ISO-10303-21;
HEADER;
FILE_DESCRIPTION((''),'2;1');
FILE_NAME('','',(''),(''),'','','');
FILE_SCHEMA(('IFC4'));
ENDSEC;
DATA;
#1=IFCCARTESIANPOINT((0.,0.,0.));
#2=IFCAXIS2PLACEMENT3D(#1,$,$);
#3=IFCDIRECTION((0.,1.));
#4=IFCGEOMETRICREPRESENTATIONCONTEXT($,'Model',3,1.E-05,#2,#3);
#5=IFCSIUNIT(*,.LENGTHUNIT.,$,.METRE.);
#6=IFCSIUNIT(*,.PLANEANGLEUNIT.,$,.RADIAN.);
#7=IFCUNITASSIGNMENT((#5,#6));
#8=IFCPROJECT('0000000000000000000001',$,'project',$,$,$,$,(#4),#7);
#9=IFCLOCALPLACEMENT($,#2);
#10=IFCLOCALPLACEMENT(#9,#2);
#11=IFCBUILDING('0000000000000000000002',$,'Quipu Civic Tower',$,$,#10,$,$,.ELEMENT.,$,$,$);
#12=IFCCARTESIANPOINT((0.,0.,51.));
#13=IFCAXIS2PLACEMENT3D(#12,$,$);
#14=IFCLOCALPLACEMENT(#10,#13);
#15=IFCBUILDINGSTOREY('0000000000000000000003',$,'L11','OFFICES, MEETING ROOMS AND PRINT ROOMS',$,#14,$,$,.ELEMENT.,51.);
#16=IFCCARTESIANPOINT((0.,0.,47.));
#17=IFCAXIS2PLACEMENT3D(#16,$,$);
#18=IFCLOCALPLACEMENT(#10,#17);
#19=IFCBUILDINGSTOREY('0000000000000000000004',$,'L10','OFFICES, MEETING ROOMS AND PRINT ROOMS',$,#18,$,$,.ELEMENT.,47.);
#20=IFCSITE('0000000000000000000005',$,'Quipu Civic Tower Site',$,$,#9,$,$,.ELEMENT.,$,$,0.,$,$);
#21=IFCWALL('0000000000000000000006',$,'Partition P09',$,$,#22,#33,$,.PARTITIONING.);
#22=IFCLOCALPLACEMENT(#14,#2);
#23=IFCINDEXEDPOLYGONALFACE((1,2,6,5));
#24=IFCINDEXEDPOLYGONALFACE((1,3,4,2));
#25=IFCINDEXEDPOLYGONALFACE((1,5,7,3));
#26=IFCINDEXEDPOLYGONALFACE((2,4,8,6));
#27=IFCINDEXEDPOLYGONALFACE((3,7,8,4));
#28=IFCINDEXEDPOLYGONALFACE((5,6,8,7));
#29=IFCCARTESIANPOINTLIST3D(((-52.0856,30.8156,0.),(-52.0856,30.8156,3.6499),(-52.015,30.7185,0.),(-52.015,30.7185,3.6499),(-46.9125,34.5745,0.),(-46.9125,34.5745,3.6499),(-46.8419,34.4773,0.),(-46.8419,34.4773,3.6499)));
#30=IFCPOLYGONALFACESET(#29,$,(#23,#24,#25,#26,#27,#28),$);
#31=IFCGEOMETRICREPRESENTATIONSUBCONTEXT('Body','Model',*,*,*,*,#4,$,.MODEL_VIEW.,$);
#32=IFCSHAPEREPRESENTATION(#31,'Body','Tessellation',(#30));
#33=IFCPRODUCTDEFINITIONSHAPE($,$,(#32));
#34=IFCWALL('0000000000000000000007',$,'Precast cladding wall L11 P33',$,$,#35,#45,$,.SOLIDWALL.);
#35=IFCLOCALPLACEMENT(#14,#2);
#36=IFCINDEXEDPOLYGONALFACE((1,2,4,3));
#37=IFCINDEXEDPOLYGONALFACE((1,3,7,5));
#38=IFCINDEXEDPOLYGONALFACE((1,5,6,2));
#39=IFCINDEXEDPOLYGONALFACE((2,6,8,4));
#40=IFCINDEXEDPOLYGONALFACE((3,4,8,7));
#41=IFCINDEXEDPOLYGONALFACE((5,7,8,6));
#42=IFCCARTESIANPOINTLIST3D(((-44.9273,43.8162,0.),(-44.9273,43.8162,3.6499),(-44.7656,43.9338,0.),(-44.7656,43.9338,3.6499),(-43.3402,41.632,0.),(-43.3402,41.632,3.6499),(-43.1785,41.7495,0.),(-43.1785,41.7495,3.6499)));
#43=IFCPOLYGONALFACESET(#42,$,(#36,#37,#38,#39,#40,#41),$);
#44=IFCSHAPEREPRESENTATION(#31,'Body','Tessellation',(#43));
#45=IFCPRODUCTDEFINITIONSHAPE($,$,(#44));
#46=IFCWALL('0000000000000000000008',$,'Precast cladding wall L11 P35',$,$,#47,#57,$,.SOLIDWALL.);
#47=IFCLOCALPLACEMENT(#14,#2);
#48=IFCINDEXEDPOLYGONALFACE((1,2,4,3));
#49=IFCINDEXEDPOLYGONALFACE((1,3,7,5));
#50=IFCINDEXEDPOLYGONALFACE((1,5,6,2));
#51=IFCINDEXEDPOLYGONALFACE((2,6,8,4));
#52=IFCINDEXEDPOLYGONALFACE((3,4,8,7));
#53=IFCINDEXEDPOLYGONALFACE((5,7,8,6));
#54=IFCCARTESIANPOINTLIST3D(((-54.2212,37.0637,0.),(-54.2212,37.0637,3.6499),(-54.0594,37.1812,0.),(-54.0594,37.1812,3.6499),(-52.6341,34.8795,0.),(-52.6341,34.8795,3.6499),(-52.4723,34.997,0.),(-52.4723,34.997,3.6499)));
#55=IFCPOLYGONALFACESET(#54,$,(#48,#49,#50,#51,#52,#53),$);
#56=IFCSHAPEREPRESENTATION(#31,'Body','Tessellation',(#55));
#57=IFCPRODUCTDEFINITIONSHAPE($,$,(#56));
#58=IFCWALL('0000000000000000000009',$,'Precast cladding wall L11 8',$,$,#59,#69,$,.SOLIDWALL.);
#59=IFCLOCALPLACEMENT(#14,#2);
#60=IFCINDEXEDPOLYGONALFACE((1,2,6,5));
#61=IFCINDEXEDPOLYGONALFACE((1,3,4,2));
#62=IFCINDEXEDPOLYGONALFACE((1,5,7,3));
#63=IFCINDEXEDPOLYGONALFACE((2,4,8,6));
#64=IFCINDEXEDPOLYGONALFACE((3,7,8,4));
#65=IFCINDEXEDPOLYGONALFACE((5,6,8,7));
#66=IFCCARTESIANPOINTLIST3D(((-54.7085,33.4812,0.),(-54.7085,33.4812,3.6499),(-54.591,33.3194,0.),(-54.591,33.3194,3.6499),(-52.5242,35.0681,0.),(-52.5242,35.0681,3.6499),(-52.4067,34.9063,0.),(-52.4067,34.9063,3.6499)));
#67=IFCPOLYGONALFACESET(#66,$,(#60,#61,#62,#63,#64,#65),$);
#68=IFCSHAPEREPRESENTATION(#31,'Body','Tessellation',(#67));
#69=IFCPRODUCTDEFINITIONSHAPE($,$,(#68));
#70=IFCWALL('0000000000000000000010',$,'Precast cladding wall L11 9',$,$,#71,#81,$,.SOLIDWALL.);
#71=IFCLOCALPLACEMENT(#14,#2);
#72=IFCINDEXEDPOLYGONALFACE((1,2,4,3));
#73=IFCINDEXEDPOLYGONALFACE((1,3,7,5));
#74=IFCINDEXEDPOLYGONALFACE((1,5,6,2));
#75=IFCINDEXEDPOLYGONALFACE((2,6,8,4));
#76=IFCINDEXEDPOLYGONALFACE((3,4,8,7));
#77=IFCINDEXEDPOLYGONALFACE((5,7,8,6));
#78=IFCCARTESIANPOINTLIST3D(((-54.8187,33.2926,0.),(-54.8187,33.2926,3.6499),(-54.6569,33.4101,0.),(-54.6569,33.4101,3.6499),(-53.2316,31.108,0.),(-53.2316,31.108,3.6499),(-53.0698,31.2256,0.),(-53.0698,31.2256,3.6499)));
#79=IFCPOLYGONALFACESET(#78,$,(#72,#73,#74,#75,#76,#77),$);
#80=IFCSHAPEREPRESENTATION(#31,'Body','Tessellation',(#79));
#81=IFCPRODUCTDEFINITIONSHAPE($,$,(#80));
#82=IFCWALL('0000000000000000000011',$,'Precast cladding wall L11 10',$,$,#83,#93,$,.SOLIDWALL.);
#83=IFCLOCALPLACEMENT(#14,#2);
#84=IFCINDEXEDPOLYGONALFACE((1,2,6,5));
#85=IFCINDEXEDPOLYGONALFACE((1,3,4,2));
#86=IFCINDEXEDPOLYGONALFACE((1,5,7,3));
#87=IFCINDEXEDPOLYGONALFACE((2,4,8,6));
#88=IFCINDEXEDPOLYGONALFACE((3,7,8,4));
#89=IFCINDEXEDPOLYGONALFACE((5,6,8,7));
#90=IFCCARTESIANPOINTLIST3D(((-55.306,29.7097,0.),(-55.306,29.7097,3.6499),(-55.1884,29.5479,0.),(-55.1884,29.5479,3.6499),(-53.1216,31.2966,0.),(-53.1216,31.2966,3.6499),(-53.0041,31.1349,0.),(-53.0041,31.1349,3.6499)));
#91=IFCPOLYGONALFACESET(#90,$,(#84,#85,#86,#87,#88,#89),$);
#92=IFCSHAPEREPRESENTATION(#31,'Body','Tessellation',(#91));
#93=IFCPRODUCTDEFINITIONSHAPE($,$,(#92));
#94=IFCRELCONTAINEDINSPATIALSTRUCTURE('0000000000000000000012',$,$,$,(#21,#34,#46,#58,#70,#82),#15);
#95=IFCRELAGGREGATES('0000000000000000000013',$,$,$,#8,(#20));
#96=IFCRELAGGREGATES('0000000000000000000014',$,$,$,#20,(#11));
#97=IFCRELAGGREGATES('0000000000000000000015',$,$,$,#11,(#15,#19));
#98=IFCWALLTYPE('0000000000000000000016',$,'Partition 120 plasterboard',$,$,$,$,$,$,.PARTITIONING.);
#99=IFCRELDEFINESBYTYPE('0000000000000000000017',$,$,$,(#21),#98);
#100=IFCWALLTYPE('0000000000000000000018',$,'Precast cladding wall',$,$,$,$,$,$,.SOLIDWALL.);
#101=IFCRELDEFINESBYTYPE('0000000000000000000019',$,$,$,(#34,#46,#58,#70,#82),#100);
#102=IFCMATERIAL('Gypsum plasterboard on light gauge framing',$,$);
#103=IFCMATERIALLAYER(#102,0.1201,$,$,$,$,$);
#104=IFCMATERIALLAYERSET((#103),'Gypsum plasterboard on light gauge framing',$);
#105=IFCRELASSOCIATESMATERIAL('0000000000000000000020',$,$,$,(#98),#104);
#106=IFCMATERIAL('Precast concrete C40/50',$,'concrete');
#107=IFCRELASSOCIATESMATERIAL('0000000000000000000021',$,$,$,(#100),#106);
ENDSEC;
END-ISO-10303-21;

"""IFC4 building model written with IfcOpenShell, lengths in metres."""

from ifc_helpers import new_model, si_unit, direction, frame, frame_2d, origin, place, context, subcontext, project, spatial, rectangle, extrude, material, layer, layer_set, type_object, element, save


model = new_model("IFC4")

# Units and contexts
model_context = context("Model", 3, precision=1e-05, world=origin(), true_north=direction((0.0, 1.0)))
body_context = subcontext(model_context, "Body", "Model", "MODEL_VIEW")
ifc_project = project(units=[si_unit("LENGTHUNIT", "METRE"), si_unit("PLANEANGLEUNIT", "RADIAN")], contexts=[model_context])

# Site, building, storey
site_placement = place(None, origin())
site = spatial("IfcSite", under=ifc_project, at=site_placement, Name="Quipu Civic Tower Site", CompositionType="ELEMENT", RefElevation=0.0)
building_placement = place(site_placement, origin())
building = spatial("IfcBuilding", under=site, at=building_placement, Name="Quipu Civic Tower", CompositionType="ELEMENT")
storey_1_placement = place(building_placement, frame((0.0, 0.0, 51.0)))
storey_1 = spatial("IfcBuildingStorey", under=building, at=storey_1_placement, Name="L11", Description="OFFICES, MEETING ROOMS AND PRINT ROOMS", CompositionType="ELEMENT", Elevation=51.0)

# Shared definitions
storey_2_placement = place(building_placement, frame((0.0, 0.0, 47.0)))
storey_2 = spatial("IfcBuildingStorey", under=building, at=storey_2_placement, Name="L10", Description="OFFICES, MEETING ROOMS AND PRINT ROOMS", CompositionType="ELEMENT", Elevation=47.0)

# Walls
ifc_material_1 = material(Name="Gypsum plasterboard on light gauge framing")
ifc_layer_1 = layer(ifc_material_1, 0.1201)
ifc_layer_set_1 = layer_set([ifc_layer_1], Name="Gypsum plasterboard on light gauge framing")
wall_type_1 = type_object("IfcWallType", Name="Partition 120 plasterboard", PredefinedType="PARTITIONING", material=ifc_layer_set_1)
wall_1_placement = place(storey_1_placement, frame((-46.8772, 34.5259, 0.0), z_axis=(0.0, 0.0, 1.0), x_axis=(-0.808994, -0.587817, 0.0)))
element("IfcWall", 1, at=wall_1_placement, inside=storey_1, type_object=wall_type_1, Name="Partition P09", PredefinedType="PARTITIONING", context=body_context, shape_type="SweptSolid", body=[
    extrude(rectangle(XDim=6.3945, YDim=0.1201, at=frame_2d((3.1973, 0.0))), origin(), (0.0, 0.0, 1.0), 3.6499),
])
ifc_material_2 = material(Name="Precast concrete C40/50", Category="concrete")
wall_type_2 = type_object("IfcWallType", Name="Precast cladding wall", PredefinedType="SOLIDWALL", material=ifc_material_2)
for number, where, z_axis, x_axis, name in (
    (2, (-43.2593, 41.6907, 0.0), (0.0, 0.0, 1.0), (-0.587822, 0.80899, 0.0), "Precast cladding wall L11 P33"),
    (3, (-54.1404, 37.1226, 0.0), (0.0, 0.0, 1.0), (0.587822, -0.80899, 0.0), "Precast cladding wall L11 P35"),
    (4, (-52.4653, 34.9873, 0.0), (0.0, 0.0, 1.0), (-0.809033, -0.587763, 0.0), "Precast cladding wall L11 8"),
):
    element("IfcWall", number, at=place(storey_1_placement, frame(where, z_axis=z_axis, x_axis=x_axis)), inside=storey_1, type_object=wall_type_2, Name=name, PredefinedType="SOLIDWALL", context=body_context, shape_type="SweptSolid", body=[
        extrude(rectangle(XDim=2.7, YDim=0.2, at=frame_2d((1.3501, 0.0))), origin(), (0.0, 0.0, 1.0), 3.6499),
    ])
wall_2_placement = place(storey_1_placement, frame((-54.7378, 33.3513, 0.0), z_axis=(0.0, 0.0, 1.0), x_axis=(0.587779, -0.809021, 0.0)))
element("IfcWall", 5, at=wall_2_placement, inside=storey_1, type_object=wall_type_2, Name="Precast cladding wall L11 9", PredefinedType="SOLIDWALL", context=body_context, shape_type="SweptSolid", body=[
    extrude(rectangle(XDim=2.7002, YDim=0.2, at=frame_2d((1.3501, 0.0))), origin(), (0.0, 0.0, 1.0), 3.6499),
])
wall_3_placement = place(storey_1_placement, frame((-53.0627, 31.2158, 0.0), z_axis=(0.0, 0.0, 1.0), x_axis=(-0.809033, -0.587763, 0.0)))
element("IfcWall", 6, at=wall_3_placement, inside=storey_1, type_object=wall_type_2, Name="Precast cladding wall L11 10", PredefinedType="SOLIDWALL", context=body_context, shape_type="SweptSolid", body=[
    extrude(rectangle(XDim=2.7, YDim=0.2, at=frame_2d((1.3501, 0.0))), origin(), (0.0, 0.0, 1.0), 3.6499),
])

save(model, "model.ifc")
